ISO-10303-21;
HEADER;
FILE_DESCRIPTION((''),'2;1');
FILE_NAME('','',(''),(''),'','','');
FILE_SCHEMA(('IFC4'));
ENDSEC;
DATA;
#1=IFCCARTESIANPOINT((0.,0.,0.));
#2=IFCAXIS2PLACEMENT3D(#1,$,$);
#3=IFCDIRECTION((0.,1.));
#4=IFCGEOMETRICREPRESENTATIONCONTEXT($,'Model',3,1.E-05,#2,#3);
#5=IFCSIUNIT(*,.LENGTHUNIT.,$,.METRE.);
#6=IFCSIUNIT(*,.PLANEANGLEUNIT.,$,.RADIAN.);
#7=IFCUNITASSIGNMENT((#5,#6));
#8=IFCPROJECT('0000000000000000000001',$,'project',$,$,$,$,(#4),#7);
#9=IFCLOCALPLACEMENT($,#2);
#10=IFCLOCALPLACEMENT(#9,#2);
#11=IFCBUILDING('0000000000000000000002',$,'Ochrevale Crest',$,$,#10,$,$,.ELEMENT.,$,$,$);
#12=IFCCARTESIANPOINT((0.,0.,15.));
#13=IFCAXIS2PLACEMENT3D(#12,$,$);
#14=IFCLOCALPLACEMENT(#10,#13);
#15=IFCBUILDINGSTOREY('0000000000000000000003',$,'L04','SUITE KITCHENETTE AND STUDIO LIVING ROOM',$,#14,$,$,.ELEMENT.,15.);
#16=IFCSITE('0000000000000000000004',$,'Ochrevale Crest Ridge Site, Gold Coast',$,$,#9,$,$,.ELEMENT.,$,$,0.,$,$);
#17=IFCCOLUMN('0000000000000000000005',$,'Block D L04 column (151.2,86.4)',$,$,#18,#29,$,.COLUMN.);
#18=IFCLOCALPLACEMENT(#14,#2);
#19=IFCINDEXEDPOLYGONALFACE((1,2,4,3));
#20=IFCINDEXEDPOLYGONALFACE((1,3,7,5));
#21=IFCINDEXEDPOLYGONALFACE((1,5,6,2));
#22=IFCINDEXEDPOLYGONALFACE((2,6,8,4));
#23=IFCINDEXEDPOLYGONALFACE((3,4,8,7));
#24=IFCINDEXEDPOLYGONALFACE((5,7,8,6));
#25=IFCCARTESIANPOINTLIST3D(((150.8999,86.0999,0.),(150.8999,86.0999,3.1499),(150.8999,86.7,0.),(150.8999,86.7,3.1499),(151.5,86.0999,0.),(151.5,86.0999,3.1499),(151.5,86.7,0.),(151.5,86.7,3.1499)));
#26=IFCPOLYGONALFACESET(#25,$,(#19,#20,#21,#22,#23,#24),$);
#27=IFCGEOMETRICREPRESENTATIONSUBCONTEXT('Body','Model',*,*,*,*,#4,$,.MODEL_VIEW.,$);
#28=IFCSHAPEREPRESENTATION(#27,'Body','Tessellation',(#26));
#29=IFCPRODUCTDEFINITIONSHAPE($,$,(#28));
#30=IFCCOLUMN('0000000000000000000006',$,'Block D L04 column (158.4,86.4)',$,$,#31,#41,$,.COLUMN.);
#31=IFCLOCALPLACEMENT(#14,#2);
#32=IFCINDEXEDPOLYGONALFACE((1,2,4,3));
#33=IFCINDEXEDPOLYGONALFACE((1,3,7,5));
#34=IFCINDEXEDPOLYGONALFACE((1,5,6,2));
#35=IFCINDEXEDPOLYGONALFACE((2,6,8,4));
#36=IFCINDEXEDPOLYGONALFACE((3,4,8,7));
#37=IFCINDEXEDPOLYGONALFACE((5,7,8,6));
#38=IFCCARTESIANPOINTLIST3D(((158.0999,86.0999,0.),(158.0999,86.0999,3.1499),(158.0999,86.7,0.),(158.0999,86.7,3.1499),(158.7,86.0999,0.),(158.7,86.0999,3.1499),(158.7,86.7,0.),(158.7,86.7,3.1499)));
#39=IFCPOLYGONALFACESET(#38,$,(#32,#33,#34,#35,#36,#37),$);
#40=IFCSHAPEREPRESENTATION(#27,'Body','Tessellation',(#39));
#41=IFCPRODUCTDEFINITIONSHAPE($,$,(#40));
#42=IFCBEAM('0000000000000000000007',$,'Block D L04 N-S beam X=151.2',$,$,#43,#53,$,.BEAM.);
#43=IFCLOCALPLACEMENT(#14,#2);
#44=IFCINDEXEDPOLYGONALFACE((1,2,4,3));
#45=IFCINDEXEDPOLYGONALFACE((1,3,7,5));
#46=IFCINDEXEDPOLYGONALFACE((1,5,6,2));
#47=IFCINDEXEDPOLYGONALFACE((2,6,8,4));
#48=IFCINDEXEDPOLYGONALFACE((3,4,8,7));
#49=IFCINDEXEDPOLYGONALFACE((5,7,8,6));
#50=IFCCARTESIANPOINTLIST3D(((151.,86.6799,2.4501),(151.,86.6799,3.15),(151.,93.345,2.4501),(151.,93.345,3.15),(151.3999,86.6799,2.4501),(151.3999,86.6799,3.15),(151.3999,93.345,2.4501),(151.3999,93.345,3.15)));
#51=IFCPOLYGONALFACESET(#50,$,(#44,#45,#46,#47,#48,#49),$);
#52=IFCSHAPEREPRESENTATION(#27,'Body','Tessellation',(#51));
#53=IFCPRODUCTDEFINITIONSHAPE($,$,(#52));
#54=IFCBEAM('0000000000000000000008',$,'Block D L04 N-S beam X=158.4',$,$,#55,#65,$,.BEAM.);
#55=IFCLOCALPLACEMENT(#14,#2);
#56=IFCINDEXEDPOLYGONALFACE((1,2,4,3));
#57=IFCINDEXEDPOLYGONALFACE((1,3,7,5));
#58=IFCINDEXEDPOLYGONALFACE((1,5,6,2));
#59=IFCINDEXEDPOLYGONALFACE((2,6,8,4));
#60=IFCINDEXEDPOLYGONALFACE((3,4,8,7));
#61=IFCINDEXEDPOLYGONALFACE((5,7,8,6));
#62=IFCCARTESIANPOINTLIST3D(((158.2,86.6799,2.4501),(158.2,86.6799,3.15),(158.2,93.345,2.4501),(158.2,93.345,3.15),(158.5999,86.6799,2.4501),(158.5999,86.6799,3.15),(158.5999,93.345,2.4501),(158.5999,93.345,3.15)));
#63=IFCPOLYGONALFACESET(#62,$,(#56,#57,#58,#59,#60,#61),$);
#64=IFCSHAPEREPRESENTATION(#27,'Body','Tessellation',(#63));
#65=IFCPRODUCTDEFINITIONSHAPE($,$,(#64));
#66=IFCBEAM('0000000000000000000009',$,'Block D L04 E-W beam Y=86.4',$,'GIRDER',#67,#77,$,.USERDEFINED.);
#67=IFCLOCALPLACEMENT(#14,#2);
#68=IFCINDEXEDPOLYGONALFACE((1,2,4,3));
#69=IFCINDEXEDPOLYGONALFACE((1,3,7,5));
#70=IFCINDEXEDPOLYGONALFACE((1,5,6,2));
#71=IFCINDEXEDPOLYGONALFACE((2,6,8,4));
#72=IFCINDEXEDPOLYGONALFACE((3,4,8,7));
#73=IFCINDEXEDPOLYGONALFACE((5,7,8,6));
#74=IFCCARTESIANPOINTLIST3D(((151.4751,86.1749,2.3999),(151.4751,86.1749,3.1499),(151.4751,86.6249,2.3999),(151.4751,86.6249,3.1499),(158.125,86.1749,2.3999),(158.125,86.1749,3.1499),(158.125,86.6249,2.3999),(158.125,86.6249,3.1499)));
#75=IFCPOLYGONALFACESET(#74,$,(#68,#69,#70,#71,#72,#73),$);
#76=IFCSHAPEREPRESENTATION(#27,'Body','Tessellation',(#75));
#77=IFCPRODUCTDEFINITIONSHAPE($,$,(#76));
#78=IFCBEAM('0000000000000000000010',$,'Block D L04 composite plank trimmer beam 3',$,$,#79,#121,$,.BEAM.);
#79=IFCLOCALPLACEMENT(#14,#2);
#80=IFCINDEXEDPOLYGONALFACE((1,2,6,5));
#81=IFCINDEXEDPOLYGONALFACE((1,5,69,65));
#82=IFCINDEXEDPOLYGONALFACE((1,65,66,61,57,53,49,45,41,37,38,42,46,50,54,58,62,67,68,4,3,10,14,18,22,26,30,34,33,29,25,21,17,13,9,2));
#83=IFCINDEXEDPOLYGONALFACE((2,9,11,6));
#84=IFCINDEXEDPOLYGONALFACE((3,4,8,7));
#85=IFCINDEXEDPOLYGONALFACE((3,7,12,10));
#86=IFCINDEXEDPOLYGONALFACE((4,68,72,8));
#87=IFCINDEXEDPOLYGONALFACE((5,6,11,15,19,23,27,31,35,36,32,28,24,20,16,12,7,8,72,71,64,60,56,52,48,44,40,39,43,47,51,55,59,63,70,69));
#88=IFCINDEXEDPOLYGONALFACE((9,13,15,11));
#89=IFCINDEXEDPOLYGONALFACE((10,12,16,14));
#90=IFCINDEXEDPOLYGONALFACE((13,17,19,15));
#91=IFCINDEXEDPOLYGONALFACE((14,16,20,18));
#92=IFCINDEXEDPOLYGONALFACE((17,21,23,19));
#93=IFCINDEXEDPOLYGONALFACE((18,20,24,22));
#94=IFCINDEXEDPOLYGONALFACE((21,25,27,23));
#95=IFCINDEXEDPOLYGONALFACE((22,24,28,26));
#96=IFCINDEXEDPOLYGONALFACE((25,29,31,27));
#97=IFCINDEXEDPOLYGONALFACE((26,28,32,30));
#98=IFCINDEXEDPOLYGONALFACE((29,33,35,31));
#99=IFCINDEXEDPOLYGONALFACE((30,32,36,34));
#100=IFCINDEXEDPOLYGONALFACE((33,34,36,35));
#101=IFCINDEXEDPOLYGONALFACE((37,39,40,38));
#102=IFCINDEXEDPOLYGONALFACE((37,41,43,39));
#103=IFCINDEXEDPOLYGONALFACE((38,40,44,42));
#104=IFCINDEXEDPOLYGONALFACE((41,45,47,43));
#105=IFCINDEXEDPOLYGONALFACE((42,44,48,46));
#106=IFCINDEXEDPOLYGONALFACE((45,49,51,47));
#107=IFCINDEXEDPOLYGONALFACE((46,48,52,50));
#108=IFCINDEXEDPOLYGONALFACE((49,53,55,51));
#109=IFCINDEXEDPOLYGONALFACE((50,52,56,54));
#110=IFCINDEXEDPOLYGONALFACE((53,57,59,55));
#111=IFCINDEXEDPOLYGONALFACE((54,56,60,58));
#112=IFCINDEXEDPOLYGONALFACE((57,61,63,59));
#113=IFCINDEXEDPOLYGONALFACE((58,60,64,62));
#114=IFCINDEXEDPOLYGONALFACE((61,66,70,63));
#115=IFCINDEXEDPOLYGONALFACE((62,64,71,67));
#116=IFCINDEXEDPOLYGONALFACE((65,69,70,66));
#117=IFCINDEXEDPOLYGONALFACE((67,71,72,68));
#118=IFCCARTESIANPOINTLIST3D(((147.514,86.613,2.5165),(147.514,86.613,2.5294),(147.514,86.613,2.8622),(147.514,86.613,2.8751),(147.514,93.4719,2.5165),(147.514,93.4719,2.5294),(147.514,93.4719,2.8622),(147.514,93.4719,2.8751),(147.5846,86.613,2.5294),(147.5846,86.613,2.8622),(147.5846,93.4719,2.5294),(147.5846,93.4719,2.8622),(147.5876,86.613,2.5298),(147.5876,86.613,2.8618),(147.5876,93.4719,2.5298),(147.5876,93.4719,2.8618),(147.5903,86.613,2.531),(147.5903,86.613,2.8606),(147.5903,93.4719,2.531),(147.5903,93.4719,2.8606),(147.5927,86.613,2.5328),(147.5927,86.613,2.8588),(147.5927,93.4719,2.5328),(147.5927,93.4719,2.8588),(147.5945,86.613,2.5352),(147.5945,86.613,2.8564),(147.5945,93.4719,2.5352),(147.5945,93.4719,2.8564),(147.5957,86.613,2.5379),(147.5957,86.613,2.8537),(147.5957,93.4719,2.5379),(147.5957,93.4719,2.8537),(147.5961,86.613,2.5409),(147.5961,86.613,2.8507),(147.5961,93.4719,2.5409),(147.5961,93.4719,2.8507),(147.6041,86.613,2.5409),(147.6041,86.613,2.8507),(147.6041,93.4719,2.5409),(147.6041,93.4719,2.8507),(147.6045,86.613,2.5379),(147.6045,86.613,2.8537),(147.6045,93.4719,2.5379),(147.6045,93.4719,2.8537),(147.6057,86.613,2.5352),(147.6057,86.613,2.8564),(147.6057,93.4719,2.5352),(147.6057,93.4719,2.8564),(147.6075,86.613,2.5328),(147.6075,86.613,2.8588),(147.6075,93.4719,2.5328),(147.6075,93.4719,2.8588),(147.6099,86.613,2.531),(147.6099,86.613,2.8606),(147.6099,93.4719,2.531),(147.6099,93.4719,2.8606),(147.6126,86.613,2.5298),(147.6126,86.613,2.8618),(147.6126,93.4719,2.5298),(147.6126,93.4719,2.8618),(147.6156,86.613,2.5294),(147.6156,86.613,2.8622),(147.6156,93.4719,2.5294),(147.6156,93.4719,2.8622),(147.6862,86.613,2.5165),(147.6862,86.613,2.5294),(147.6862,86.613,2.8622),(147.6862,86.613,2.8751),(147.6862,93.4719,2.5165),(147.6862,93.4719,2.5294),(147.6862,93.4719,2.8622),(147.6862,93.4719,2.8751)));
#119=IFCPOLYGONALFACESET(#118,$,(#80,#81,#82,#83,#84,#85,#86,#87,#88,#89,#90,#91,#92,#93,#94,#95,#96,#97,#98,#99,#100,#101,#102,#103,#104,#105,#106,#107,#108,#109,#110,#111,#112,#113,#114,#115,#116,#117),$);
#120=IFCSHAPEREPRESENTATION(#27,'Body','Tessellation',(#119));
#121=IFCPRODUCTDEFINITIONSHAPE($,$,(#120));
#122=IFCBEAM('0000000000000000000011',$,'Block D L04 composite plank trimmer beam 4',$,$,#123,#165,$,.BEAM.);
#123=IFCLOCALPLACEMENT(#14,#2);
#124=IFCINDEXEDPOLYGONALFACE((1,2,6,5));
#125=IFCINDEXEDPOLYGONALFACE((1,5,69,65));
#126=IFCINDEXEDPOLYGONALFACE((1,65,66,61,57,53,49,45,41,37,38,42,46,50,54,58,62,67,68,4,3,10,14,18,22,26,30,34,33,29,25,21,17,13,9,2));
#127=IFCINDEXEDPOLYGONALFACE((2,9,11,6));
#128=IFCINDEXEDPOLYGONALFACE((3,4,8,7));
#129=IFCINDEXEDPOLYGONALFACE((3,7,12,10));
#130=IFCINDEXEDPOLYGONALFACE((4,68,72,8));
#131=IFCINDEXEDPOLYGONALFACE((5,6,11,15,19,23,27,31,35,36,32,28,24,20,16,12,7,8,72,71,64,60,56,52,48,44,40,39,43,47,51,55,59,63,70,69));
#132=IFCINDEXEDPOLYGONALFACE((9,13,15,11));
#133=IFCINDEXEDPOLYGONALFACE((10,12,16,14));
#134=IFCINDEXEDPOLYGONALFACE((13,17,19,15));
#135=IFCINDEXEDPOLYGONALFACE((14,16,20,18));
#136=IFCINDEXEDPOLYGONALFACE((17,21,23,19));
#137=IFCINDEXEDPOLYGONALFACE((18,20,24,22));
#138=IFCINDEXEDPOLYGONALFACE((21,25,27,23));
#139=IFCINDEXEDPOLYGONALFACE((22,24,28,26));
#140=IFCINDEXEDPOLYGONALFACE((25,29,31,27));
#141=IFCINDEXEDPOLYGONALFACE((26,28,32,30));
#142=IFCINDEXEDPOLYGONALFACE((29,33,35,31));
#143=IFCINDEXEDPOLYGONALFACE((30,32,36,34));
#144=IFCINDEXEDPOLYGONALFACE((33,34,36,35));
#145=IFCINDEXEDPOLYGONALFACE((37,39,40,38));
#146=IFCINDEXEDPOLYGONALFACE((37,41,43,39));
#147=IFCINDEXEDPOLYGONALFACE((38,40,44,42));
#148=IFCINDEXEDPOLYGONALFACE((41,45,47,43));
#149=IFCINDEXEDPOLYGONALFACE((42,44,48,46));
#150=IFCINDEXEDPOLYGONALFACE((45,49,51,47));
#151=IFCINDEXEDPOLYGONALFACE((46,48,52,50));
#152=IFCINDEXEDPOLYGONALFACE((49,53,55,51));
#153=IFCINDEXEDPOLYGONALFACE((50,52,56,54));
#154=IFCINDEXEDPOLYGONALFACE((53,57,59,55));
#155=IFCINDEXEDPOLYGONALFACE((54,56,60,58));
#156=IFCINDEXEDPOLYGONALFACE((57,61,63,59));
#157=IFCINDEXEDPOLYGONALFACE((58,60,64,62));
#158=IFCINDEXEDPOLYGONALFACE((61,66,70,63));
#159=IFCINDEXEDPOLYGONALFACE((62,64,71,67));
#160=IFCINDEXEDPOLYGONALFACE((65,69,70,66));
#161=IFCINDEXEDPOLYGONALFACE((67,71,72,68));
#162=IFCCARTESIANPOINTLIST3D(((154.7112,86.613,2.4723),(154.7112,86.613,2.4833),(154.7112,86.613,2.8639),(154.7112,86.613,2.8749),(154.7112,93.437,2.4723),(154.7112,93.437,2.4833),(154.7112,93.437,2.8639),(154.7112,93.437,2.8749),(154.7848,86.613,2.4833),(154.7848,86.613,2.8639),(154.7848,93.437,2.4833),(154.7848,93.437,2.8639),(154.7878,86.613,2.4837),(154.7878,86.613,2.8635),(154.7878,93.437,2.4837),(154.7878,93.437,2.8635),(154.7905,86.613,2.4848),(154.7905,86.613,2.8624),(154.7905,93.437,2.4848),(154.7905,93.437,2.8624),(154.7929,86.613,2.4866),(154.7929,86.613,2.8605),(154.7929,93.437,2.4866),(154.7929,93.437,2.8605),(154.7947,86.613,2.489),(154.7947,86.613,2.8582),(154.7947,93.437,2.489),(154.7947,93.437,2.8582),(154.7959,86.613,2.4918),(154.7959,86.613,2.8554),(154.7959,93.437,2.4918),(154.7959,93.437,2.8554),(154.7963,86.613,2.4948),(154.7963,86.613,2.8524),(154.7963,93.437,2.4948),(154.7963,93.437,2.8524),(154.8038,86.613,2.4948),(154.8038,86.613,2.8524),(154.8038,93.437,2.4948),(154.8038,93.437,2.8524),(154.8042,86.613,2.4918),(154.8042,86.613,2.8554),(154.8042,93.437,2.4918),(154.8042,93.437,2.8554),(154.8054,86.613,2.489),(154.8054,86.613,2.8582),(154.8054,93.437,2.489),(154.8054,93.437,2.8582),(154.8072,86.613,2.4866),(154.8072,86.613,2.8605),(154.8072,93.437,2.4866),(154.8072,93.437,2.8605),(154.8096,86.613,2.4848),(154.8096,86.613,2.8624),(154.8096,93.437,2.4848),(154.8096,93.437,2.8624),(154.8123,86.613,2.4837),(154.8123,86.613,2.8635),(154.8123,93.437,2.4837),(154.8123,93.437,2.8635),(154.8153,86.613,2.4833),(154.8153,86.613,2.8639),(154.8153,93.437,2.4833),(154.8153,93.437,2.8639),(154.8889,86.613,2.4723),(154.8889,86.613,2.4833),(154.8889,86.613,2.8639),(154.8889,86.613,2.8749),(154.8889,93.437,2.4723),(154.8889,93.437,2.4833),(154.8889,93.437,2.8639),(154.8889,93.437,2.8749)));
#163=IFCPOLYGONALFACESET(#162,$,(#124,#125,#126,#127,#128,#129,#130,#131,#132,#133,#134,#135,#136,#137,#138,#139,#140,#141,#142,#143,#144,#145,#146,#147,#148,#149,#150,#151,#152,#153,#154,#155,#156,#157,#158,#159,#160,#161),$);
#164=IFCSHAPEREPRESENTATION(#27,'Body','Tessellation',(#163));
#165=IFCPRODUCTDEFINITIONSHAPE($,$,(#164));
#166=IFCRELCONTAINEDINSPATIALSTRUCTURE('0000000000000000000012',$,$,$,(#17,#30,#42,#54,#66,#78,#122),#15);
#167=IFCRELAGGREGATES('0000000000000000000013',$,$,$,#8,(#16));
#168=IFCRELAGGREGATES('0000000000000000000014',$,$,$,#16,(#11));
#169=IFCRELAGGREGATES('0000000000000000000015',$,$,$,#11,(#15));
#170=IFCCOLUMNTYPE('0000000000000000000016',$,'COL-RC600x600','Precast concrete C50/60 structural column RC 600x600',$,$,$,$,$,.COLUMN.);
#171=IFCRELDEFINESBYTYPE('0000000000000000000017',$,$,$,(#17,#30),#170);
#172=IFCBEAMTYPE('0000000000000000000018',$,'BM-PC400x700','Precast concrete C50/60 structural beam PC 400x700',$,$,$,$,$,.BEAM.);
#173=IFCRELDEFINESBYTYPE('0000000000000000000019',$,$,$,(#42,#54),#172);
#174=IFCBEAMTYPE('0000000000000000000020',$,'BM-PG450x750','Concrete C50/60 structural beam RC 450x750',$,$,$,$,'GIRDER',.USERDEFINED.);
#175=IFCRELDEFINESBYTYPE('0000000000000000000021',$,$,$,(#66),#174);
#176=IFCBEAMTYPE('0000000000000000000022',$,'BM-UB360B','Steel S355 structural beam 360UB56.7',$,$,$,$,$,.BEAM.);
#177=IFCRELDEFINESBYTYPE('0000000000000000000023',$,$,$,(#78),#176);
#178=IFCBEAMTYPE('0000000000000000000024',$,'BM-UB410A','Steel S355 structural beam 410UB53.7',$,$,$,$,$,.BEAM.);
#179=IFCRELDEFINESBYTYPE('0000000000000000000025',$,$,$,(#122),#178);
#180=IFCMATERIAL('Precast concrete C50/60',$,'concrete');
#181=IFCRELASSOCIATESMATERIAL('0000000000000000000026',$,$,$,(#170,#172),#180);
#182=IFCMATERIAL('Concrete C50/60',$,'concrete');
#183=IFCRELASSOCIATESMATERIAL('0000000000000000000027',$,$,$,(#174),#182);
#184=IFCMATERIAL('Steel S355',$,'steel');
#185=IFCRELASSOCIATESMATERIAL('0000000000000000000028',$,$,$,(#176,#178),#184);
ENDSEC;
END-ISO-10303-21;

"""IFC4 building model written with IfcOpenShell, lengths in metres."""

from ifc_helpers import new_model, si_unit, direction, frame, origin, origin_2d, place, context, subcontext, project, spatial, rectangle, i_section, extrude, material, material_profile, profile_set, type_object, element, save


model = new_model("IFC4")

# Units and contexts
model_context = context("Model", 3, precision=1e-05, world=origin(), true_north=direction((0.0, 1.0)))
body_context = subcontext(model_context, "Body", "Model", "MODEL_VIEW")
ifc_project = project(units=[si_unit("LENGTHUNIT", "METRE"), si_unit("PLANEANGLEUNIT", "RADIAN")], contexts=[model_context])

# Site, building, storey
site_placement = place(None, origin())
site = spatial("IfcSite", under=ifc_project, at=site_placement, Name="Ochrevale Crest Ridge Site, Gold Coast", CompositionType="ELEMENT", RefElevation=0.0)
building_placement = place(site_placement, origin())
building = spatial("IfcBuilding", under=site, at=building_placement, Name="Ochrevale Crest", CompositionType="ELEMENT")
storey_placement = place(building_placement, frame((0.0, 0.0, 15.0)))
storey = spatial("IfcBuildingStorey", under=building, at=storey_placement, Name="L04", Description="SUITE KITCHENETTE AND STUDIO LIVING ROOM", CompositionType="ELEMENT", Elevation=15.0)

# Columns
ifc_material_1 = material(Name="Precast concrete C50/60", Category="concrete")
ifc_material_profile_1 = material_profile(ifc_material_1, rectangle(XDim=0.6001, YDim=0.6001, at=origin_2d()), Name="RC 600x600")
ifc_profile_set_1 = profile_set([ifc_material_profile_1], Name="Precast concrete C50/60")
column_type = type_object("IfcColumnType", Name="COL-RC600x600", Description="Precast concrete C50/60 structural column RC 600x600", PredefinedType="COLUMN", material=ifc_profile_set_1)
for number, where, z_axis, x_axis, name in (
    (1, (151.2, 86.3999, 0.0), (0.0, 0.0, 1.0), (1.0, 0.0, 0.0), "Block D L04 column (151.2,86.4)"),
    (2, (158.3999, 86.3999, 0.0), (0.0, 0.0, 1.0), (1.0, 0.0, 0.0), "Block D L04 column (158.4,86.4)"),
):
    element("IfcColumn", number, at=place(storey_placement, frame(where, z_axis=z_axis, x_axis=x_axis)), inside=storey, type_object=column_type, Name=name, PredefinedType="COLUMN", context=body_context, shape_type="SweptSolid", body=[
        extrude(rectangle(XDim=0.6001, YDim=0.6001, at=origin_2d()), origin(), (0.0, 0.0, 1.0), 3.1499),
    ])

# Beams
ifc_material_profile_2 = material_profile(ifc_material_1, rectangle(XDim=0.3999, YDim=0.7, at=origin_2d()), Name="PC 400x700")
ifc_profile_set_2 = profile_set([ifc_material_profile_2], Name="Precast concrete C50/60")
beam_type_1 = type_object("IfcBeamType", Name="BM-PC400x700", Description="Precast concrete C50/60 structural beam PC 400x700", PredefinedType="BEAM", material=ifc_profile_set_2)
for number, where, z_axis, x_axis, name in (
    (3, (151.2, 86.6799, 2.8), (0.0, 1.0, 0.0), (-1.0, 0.0, 0.0), "Block D L04 N-S beam X=151.2"),
    (4, (158.3999, 86.6799, 2.8), (0.0, 1.0, 0.0), (-1.0, 0.0, 0.0), "Block D L04 N-S beam X=158.4"),
):
    element("IfcBeam", number, at=place(storey_placement, frame(where, z_axis=z_axis, x_axis=x_axis)), inside=storey, type_object=beam_type_1, Name=name, PredefinedType="BEAM", context=body_context, shape_type="SweptSolid", body=[
        extrude(rectangle(XDim=0.3999, YDim=0.7, at=origin_2d()), origin(), (0.0, 0.0, 1.0), 6.665),
    ])
ifc_material_2 = material(Name="Concrete C50/60", Category="concrete")
ifc_material_profile_3 = material_profile(ifc_material_2, rectangle(XDim=0.45, YDim=0.75, at=origin_2d()), Name="RC 450x750")
ifc_profile_set_3 = profile_set([ifc_material_profile_3], Name="Concrete C50/60")
beam_type_2 = type_object("IfcBeamType", Name="BM-PG450x750", Description="Concrete C50/60 structural beam RC 450x750", ElementType="GIRDER", PredefinedType="USERDEFINED", material=ifc_profile_set_3)
beam_1_placement = place(storey_placement, frame((151.4751, 86.3999, 2.7749), z_axis=(1.0, 0.0, 0.0), x_axis=(0.0, 1.0, 0.0)))
element("IfcBeam", 5, at=beam_1_placement, inside=storey, type_object=beam_type_2, Name="Block D L04 E-W beam Y=86.4", ObjectType="GIRDER", PredefinedType="USERDEFINED", context=body_context, shape_type="SweptSolid", body=[
    extrude(rectangle(XDim=0.45, YDim=0.75, at=origin_2d()), origin(), (0.0, 0.0, 1.0), 6.6499),
])
ifc_material_3 = material(Name="Steel S355", Category="steel")
ifc_material_profile_4 = material_profile(ifc_material_3, i_section(OverallWidth=0.1721, OverallDepth=0.3586, WebThickness=0.0081, FlangeThickness=0.0129, FilletRadius=0.0115, at=origin_2d()), Name="360UB56.7")
ifc_profile_set_4 = profile_set([ifc_material_profile_4], Name="Steel S355")
beam_type_3 = type_object("IfcBeamType", Name="BM-UB360B", Description="Steel S355 structural beam 360UB56.7", PredefinedType="BEAM", material=ifc_profile_set_4)
beam_2_placement = place(storey_placement, frame((147.6001, 86.613, 2.6958), z_axis=(0.0, 1.0, 0.0), x_axis=(-1.0, 0.0, 0.0)))
element("IfcBeam", 6, at=beam_2_placement, inside=storey, type_object=beam_type_3, Name="Block D L04 composite plank trimmer beam 3", PredefinedType="BEAM", context=body_context, shape_type="SweptSolid", body=[
    extrude(i_section(OverallWidth=0.1721, OverallDepth=0.3586, WebThickness=0.0081, FlangeThickness=0.0129, FilletRadius=0.0115, at=origin_2d()), origin(), (0.0, 0.0, 1.0), 6.8589),
])
ifc_material_profile_5 = material_profile(ifc_material_3, i_section(OverallWidth=0.1777, OverallDepth=0.4026, WebThickness=0.0076, FlangeThickness=0.011, FilletRadius=0.0115, at=origin_2d()), Name="410UB53.7")
ifc_profile_set_5 = profile_set([ifc_material_profile_5], Name="Steel S355")
beam_type_4 = type_object("IfcBeamType", Name="BM-UB410A", Description="Steel S355 structural beam 410UB53.7", PredefinedType="BEAM", material=ifc_profile_set_5)
beam_3_placement = place(storey_placement, frame((154.8, 86.613, 2.6736), z_axis=(0.0, 1.0, 0.0), x_axis=(-1.0, 0.0, 0.0)))
element("IfcBeam", 7, at=beam_3_placement, inside=storey, type_object=beam_type_4, Name="Block D L04 composite plank trimmer beam 4", PredefinedType="BEAM", context=body_context, shape_type="SweptSolid", body=[
    extrude(i_section(OverallWidth=0.1777, OverallDepth=0.4026, WebThickness=0.0076, FlangeThickness=0.011, FilletRadius=0.0115, at=origin_2d()), origin(), (0.0, 0.0, 1.0), 6.824),
])

save(model, "model.ifc")
